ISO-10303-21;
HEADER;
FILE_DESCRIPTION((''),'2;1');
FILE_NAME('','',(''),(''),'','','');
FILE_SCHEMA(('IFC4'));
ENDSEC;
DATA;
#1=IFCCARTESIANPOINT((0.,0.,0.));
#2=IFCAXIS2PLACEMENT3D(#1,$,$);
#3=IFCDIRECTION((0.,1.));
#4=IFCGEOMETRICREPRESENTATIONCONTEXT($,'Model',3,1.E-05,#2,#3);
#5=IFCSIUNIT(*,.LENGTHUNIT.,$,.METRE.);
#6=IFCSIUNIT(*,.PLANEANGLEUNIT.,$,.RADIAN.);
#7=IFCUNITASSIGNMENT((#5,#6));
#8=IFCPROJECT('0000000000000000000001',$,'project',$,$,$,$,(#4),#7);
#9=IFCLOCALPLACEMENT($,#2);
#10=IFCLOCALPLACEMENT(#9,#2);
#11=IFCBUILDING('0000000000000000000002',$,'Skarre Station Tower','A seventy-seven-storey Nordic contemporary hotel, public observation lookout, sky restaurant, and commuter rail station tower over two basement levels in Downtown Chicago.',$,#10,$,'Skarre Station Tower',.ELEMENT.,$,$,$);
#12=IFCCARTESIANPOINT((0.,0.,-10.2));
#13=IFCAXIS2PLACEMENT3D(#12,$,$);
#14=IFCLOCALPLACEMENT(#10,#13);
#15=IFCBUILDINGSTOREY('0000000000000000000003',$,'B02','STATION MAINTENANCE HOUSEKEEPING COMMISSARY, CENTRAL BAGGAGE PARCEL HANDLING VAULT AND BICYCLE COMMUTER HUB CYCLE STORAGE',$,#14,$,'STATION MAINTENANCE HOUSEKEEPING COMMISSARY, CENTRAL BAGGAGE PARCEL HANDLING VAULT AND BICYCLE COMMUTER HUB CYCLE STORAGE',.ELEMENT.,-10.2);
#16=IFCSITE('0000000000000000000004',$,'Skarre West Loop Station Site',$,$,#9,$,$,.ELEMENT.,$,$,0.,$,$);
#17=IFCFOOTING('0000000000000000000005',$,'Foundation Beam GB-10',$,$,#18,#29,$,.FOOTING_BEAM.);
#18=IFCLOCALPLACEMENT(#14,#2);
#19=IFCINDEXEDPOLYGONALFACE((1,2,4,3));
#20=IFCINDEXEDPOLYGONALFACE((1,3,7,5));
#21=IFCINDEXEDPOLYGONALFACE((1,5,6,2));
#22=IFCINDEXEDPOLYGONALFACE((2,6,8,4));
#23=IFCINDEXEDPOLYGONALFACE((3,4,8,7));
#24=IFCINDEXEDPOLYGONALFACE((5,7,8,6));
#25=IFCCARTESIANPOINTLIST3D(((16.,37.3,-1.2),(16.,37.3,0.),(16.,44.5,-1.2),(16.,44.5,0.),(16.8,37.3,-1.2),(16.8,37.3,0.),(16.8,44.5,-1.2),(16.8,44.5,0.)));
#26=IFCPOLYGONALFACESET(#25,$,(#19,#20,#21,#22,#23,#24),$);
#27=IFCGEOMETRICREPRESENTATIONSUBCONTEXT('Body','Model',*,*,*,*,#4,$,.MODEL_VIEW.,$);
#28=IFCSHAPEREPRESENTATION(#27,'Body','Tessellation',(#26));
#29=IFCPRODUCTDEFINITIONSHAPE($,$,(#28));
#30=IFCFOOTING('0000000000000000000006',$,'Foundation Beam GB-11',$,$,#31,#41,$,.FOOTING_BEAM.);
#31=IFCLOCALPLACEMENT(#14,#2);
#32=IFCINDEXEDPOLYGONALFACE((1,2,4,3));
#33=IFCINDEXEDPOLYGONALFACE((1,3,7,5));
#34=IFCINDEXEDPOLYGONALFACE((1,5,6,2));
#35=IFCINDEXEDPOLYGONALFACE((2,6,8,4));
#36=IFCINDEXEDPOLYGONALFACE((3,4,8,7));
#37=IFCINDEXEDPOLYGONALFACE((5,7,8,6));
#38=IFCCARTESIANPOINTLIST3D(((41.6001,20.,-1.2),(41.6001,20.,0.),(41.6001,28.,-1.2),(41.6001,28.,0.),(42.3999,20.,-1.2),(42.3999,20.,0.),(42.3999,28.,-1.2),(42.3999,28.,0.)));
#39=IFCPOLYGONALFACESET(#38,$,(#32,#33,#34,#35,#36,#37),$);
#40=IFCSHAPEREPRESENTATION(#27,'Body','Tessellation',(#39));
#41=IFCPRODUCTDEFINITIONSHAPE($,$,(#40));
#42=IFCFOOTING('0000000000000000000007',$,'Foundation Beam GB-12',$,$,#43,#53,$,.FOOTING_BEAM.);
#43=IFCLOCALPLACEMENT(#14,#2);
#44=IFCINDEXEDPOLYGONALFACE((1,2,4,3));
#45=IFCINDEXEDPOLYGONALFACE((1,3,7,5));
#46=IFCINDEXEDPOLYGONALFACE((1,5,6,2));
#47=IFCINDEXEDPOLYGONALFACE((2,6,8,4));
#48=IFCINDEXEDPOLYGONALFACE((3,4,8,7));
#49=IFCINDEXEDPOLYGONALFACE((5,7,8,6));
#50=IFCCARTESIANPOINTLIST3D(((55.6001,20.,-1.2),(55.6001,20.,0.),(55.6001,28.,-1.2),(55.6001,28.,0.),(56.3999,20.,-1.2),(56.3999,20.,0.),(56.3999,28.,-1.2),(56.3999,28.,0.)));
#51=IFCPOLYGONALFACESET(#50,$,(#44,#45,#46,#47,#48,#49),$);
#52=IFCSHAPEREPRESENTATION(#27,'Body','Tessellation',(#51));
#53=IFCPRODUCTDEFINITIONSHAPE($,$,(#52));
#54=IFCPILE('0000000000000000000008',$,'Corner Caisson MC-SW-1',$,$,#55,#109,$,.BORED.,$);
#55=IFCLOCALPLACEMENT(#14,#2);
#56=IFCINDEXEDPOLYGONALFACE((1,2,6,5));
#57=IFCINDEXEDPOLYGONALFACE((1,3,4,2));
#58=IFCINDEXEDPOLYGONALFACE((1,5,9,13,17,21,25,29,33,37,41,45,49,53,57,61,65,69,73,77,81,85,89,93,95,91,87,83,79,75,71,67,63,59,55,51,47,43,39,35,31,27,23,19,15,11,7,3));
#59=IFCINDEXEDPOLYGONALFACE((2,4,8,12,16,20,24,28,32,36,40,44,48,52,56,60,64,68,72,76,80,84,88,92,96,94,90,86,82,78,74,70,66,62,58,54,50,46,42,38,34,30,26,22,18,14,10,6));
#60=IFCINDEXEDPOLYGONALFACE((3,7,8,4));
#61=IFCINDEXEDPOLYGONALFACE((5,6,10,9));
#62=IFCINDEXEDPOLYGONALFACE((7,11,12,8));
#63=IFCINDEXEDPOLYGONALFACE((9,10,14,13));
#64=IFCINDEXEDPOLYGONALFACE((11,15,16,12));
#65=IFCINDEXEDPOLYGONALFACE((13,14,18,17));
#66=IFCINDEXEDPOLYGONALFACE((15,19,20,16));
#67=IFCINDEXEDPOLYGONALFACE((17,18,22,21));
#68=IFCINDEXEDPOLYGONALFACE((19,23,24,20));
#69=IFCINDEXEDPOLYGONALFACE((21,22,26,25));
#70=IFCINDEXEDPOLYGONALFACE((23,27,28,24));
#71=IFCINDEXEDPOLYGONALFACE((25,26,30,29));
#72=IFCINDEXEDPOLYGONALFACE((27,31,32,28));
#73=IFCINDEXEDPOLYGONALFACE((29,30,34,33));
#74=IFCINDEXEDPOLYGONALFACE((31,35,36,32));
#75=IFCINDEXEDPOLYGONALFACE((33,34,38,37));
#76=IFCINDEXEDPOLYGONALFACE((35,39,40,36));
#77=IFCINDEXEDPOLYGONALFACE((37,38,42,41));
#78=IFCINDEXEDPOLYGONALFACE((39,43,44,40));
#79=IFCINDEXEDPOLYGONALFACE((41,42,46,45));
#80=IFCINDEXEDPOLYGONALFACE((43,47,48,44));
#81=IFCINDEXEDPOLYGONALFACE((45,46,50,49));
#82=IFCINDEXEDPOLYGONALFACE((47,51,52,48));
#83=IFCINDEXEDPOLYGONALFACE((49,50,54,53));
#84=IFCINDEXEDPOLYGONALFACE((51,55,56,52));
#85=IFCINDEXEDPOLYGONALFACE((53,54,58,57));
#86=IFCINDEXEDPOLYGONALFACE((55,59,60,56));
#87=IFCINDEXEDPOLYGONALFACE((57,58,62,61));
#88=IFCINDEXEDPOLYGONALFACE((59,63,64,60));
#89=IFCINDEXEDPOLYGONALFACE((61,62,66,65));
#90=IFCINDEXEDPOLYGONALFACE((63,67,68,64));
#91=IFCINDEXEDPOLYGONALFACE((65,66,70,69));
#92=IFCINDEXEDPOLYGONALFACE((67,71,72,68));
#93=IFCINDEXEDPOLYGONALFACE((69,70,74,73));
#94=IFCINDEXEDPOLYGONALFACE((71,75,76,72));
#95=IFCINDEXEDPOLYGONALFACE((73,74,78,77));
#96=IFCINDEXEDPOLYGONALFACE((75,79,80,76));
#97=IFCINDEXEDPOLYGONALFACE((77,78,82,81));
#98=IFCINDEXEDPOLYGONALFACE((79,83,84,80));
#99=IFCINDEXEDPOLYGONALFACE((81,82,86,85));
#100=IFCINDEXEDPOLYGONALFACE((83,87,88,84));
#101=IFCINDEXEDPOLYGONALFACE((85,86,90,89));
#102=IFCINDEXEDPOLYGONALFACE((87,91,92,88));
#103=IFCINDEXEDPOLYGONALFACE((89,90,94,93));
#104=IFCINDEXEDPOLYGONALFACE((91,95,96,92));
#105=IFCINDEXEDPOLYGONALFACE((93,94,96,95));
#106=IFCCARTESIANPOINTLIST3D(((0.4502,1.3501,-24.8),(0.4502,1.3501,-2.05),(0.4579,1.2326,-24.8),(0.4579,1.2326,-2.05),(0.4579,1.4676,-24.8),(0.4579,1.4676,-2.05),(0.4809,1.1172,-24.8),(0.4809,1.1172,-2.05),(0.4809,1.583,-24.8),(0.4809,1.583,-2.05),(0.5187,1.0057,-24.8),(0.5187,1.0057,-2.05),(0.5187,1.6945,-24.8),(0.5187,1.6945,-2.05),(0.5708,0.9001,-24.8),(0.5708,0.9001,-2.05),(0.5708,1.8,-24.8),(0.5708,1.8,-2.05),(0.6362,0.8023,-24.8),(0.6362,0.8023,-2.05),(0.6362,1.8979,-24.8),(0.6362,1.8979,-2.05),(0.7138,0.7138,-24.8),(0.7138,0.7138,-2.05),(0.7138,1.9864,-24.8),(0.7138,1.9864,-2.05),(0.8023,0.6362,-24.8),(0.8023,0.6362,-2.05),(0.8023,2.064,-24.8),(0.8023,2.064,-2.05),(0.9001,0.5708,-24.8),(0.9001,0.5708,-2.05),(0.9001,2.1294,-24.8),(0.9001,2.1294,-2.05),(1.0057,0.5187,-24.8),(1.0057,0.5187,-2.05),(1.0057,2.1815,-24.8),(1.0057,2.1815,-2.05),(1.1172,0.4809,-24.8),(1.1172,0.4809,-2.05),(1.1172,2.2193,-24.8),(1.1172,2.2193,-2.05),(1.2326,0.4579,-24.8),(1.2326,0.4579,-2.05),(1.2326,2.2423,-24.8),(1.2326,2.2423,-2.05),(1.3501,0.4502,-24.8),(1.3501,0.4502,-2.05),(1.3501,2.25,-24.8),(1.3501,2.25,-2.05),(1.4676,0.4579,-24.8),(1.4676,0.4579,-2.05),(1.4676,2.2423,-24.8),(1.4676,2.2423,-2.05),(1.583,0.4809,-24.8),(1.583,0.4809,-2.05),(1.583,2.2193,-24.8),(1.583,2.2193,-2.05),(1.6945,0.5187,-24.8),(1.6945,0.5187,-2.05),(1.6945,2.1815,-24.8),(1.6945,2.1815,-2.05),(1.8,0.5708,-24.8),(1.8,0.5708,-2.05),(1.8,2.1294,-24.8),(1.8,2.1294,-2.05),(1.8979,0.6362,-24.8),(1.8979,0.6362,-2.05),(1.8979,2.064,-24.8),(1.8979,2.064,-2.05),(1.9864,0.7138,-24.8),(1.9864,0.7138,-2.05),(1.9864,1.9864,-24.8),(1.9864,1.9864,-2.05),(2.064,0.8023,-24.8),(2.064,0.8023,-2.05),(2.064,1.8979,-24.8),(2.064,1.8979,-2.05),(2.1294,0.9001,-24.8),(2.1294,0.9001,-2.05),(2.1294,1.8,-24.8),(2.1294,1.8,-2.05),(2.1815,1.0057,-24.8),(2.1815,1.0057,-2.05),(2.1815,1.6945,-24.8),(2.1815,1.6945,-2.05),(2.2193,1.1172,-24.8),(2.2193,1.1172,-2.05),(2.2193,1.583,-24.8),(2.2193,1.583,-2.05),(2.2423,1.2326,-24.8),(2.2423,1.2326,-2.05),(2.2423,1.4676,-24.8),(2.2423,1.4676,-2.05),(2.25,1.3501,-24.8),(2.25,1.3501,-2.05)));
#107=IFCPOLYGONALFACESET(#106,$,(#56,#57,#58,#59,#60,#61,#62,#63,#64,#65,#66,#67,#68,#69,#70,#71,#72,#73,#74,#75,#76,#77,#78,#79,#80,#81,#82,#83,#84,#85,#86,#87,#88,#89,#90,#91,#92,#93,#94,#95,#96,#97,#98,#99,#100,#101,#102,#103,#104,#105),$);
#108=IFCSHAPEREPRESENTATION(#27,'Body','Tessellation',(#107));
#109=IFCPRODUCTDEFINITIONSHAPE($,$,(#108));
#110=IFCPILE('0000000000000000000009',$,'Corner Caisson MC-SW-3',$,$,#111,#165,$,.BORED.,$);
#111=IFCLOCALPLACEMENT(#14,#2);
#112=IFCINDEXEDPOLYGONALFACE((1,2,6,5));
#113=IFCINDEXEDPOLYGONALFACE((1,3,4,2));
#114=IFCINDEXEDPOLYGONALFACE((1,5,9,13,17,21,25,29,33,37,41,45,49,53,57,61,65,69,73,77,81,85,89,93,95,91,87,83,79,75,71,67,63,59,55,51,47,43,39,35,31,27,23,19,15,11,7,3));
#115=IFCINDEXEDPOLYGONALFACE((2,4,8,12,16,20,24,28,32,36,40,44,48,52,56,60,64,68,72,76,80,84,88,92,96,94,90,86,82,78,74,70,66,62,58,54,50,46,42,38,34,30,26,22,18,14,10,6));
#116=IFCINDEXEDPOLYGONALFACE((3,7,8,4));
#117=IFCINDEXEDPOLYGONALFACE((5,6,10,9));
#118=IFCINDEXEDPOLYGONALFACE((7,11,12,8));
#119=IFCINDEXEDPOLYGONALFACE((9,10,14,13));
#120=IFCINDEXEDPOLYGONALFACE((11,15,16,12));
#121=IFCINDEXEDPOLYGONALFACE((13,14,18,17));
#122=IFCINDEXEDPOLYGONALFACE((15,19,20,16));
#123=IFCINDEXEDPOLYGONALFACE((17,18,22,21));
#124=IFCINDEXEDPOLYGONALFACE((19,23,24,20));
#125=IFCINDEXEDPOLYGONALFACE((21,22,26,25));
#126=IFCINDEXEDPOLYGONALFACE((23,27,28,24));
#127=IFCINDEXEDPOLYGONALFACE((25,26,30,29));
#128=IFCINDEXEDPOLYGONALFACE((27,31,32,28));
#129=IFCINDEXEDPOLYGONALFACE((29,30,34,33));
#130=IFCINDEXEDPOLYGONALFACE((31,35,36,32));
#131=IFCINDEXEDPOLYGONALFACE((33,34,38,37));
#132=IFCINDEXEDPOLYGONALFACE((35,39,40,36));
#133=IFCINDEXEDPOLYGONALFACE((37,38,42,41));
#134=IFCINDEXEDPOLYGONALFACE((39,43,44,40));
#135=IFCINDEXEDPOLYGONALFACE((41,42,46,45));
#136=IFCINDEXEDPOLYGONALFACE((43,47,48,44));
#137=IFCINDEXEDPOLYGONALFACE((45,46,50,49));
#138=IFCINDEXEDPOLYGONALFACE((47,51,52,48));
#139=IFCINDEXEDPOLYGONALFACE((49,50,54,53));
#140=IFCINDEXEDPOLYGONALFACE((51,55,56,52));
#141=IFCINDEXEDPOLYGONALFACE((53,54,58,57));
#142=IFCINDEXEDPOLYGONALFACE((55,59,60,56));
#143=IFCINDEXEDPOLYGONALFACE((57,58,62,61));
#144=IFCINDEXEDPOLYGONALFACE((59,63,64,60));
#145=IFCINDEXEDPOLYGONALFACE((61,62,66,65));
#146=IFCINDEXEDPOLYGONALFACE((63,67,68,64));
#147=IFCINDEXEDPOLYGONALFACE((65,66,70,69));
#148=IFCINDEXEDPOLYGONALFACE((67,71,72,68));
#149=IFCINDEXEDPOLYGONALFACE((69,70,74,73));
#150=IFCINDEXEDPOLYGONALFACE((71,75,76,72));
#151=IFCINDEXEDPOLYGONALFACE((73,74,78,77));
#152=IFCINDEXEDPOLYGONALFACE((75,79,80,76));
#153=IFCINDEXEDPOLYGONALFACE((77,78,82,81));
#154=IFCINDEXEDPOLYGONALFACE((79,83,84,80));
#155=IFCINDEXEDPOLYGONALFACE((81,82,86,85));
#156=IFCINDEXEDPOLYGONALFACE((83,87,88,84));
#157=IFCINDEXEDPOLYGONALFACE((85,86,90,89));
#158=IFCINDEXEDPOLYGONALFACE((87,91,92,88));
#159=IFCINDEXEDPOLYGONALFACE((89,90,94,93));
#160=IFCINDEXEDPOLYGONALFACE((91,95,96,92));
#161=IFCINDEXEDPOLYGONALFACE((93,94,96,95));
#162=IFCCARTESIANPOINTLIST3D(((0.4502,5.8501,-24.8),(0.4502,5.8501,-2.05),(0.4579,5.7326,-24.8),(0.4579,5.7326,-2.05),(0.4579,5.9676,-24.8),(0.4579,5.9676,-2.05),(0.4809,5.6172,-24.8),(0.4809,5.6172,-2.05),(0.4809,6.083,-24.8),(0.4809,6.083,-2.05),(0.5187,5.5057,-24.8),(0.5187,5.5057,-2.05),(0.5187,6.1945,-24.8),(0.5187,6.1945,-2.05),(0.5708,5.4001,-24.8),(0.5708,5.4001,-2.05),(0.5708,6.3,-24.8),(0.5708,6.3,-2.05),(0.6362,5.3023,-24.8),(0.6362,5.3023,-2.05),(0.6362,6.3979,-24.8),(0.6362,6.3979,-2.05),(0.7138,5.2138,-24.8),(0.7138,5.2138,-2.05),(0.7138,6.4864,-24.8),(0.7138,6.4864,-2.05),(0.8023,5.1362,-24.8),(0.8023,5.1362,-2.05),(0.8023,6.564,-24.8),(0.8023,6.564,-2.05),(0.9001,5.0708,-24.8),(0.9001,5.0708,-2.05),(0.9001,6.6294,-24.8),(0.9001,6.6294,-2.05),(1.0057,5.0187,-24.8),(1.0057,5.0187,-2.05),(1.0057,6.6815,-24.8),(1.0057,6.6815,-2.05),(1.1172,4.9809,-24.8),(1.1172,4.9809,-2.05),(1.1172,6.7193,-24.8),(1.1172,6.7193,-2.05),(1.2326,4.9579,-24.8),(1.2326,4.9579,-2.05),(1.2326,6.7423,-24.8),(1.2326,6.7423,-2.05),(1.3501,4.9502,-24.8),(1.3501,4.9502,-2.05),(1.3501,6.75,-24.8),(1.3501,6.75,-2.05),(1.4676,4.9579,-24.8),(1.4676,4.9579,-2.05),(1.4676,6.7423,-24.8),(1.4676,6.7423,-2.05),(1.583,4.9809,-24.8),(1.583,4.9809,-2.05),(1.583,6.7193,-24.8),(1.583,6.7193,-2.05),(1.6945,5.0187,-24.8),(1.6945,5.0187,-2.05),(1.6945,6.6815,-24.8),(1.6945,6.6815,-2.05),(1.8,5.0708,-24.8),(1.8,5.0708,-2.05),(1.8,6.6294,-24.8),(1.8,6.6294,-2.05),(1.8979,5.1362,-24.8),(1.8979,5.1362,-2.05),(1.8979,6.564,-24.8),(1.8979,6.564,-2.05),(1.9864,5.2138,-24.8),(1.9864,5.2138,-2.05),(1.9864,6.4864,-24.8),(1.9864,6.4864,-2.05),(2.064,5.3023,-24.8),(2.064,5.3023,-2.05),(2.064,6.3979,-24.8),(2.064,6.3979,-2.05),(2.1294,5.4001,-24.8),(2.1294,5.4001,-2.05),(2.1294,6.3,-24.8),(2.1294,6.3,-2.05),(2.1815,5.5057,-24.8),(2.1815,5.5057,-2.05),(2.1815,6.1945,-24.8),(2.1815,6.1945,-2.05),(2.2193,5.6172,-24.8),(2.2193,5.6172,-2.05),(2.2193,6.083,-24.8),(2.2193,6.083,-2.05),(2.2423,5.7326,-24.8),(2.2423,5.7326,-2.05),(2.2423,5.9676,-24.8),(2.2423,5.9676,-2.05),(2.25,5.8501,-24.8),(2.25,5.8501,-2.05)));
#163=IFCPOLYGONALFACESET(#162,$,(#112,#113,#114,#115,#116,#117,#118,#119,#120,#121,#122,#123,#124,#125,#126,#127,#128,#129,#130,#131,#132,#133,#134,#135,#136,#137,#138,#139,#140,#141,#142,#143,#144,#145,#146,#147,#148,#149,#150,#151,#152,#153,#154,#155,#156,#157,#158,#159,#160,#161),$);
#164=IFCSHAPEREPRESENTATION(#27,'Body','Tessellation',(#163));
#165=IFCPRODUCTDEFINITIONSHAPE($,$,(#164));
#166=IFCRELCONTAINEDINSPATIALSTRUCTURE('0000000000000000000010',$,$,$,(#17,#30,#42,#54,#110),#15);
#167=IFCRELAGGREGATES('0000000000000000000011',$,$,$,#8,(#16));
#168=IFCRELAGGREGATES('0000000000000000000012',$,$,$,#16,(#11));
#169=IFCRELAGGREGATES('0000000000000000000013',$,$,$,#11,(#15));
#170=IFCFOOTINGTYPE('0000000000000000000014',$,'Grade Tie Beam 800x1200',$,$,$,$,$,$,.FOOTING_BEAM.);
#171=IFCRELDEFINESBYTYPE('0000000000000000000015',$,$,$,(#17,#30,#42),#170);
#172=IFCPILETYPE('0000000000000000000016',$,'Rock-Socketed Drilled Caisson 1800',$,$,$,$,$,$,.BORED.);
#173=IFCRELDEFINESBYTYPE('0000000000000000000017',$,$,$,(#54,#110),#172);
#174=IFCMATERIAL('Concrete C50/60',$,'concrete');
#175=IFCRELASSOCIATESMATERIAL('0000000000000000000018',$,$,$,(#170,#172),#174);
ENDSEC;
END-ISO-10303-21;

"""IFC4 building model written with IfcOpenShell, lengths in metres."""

from ifc_helpers import new_model, si_unit, direction, frame, origin, origin_2d, place, context, subcontext, project, spatial, polyline, circle, outline, extrude, material, material_profile, profile_set, type_object, element, save


model = new_model("IFC4")

# Units and contexts
model_context = context("Model", 3, precision=1e-05, world=origin(), true_north=direction((0.0, 1.0)))
body_context = subcontext(model_context, "Body", "Model", "MODEL_VIEW")
ifc_project = project(units=[si_unit("LENGTHUNIT", "METRE"), si_unit("PLANEANGLEUNIT", "RADIAN")], contexts=[model_context])

# Site, building, storey
site_placement = place(None, origin())
site = spatial("IfcSite", under=ifc_project, at=site_placement, Name="Skarre West Loop Station Site", CompositionType="ELEMENT", RefElevation=0.0)
building_placement = place(site_placement, origin())
building = spatial("IfcBuilding", under=site, at=building_placement, Name="Skarre Station Tower", Description="A seventy-seven-storey Nordic contemporary hotel, public observation lookout, sky restaurant, and commuter rail station tower over two basement levels in Downtown Chicago.", LongName="Skarre Station Tower", CompositionType="ELEMENT")
storey_placement = place(building_placement, frame((0.0, 0.0, -10.2)))
storey = spatial("IfcBuildingStorey", under=building, at=storey_placement, Name="B02", Description="STATION MAINTENANCE HOUSEKEEPING COMMISSARY, CENTRAL BAGGAGE PARCEL HANDLING VAULT AND BICYCLE COMMUTER HUB CYCLE STORAGE", LongName="STATION MAINTENANCE HOUSEKEEPING COMMISSARY, CENTRAL BAGGAGE PARCEL HANDLING VAULT AND BICYCLE COMMUTER HUB CYCLE STORAGE", CompositionType="ELEMENT", Elevation=-10.2)

# Footings
ifc_material_1 = material(Name="Concrete C50/60", Category="concrete")
footing_type = type_object("IfcFootingType", Name="Grade Tie Beam 800x1200", PredefinedType="FOOTING_BEAM", material=ifc_material_1)
footing_1_placement = place(storey_placement, frame((0.0, 0.0, -1.2)))
element("IfcFooting", 1, at=footing_1_placement, inside=storey, type_object=footing_type, Name="Foundation Beam GB-10", PredefinedType="FOOTING_BEAM", context=body_context, shape_type="SweptSolid", body=[
    extrude(outline(polyline([(16.0, 37.3), (16.8, 37.3), (16.8, 44.5), (16.0, 44.5), (16.0, 37.3)])), origin(), (0.0, 0.0, 1.0), 1.2),
])
footing_2_placement = place(storey_placement, frame((0.0, 0.0, -1.2)))
element("IfcFooting", 2, at=footing_2_placement, inside=storey, type_object=footing_type, Name="Foundation Beam GB-11", PredefinedType="FOOTING_BEAM", context=body_context, shape_type="SweptSolid", body=[
    extrude(outline(polyline([(41.6001, 20.0), (42.3999, 20.0), (42.3999, 28.0), (41.6001, 28.0), (41.6001, 20.0)])), origin(), (0.0, 0.0, 1.0), 1.2),
])
footing_3_placement = place(storey_placement, frame((0.0, 0.0, -1.2)))
element("IfcFooting", 3, at=footing_3_placement, inside=storey, type_object=footing_type, Name="Foundation Beam GB-12", PredefinedType="FOOTING_BEAM", context=body_context, shape_type="SweptSolid", body=[
    extrude(outline(polyline([(55.6001, 20.0), (56.3999, 20.0), (56.3999, 28.0), (55.6001, 28.0), (55.6001, 20.0)])), origin(), (0.0, 0.0, 1.0), 1.2),
])

# Piles
ifc_material_profile_1 = material_profile(ifc_material_1, circle(Radius=0.8999, at=origin_2d()), Name="Concrete C50/60")
ifc_profile_set_1 = profile_set([ifc_material_profile_1], Name="Concrete C50/60")
pile_type = type_object("IfcPileType", Name="Rock-Socketed Drilled Caisson 1800", PredefinedType="BORED", material=ifc_profile_set_1)
for number, where, z_axis, x_axis, name in (
    (4, (1.3501, 1.3501, -2.05), (0.0, 0.0, -1.0), (1.0, 0.0, 0.0), "Corner Caisson MC-SW-1"),
    (5, (1.3501, 5.8501, -2.05), (0.0, 0.0, -1.0), (1.0, 0.0, 0.0), "Corner Caisson MC-SW-3"),
):
    element("IfcPile", number, at=place(storey_placement, frame(where, z_axis=z_axis, x_axis=x_axis)), inside=storey, type_object=pile_type, Name=name, PredefinedType="BORED", context=body_context, shape_type="SweptSolid", body=[
        extrude(circle(Radius=0.8999, at=origin_2d()), origin(), (0.0, 0.0, 1.0), 22.75),
    ])

save(model, "model.ifc")
